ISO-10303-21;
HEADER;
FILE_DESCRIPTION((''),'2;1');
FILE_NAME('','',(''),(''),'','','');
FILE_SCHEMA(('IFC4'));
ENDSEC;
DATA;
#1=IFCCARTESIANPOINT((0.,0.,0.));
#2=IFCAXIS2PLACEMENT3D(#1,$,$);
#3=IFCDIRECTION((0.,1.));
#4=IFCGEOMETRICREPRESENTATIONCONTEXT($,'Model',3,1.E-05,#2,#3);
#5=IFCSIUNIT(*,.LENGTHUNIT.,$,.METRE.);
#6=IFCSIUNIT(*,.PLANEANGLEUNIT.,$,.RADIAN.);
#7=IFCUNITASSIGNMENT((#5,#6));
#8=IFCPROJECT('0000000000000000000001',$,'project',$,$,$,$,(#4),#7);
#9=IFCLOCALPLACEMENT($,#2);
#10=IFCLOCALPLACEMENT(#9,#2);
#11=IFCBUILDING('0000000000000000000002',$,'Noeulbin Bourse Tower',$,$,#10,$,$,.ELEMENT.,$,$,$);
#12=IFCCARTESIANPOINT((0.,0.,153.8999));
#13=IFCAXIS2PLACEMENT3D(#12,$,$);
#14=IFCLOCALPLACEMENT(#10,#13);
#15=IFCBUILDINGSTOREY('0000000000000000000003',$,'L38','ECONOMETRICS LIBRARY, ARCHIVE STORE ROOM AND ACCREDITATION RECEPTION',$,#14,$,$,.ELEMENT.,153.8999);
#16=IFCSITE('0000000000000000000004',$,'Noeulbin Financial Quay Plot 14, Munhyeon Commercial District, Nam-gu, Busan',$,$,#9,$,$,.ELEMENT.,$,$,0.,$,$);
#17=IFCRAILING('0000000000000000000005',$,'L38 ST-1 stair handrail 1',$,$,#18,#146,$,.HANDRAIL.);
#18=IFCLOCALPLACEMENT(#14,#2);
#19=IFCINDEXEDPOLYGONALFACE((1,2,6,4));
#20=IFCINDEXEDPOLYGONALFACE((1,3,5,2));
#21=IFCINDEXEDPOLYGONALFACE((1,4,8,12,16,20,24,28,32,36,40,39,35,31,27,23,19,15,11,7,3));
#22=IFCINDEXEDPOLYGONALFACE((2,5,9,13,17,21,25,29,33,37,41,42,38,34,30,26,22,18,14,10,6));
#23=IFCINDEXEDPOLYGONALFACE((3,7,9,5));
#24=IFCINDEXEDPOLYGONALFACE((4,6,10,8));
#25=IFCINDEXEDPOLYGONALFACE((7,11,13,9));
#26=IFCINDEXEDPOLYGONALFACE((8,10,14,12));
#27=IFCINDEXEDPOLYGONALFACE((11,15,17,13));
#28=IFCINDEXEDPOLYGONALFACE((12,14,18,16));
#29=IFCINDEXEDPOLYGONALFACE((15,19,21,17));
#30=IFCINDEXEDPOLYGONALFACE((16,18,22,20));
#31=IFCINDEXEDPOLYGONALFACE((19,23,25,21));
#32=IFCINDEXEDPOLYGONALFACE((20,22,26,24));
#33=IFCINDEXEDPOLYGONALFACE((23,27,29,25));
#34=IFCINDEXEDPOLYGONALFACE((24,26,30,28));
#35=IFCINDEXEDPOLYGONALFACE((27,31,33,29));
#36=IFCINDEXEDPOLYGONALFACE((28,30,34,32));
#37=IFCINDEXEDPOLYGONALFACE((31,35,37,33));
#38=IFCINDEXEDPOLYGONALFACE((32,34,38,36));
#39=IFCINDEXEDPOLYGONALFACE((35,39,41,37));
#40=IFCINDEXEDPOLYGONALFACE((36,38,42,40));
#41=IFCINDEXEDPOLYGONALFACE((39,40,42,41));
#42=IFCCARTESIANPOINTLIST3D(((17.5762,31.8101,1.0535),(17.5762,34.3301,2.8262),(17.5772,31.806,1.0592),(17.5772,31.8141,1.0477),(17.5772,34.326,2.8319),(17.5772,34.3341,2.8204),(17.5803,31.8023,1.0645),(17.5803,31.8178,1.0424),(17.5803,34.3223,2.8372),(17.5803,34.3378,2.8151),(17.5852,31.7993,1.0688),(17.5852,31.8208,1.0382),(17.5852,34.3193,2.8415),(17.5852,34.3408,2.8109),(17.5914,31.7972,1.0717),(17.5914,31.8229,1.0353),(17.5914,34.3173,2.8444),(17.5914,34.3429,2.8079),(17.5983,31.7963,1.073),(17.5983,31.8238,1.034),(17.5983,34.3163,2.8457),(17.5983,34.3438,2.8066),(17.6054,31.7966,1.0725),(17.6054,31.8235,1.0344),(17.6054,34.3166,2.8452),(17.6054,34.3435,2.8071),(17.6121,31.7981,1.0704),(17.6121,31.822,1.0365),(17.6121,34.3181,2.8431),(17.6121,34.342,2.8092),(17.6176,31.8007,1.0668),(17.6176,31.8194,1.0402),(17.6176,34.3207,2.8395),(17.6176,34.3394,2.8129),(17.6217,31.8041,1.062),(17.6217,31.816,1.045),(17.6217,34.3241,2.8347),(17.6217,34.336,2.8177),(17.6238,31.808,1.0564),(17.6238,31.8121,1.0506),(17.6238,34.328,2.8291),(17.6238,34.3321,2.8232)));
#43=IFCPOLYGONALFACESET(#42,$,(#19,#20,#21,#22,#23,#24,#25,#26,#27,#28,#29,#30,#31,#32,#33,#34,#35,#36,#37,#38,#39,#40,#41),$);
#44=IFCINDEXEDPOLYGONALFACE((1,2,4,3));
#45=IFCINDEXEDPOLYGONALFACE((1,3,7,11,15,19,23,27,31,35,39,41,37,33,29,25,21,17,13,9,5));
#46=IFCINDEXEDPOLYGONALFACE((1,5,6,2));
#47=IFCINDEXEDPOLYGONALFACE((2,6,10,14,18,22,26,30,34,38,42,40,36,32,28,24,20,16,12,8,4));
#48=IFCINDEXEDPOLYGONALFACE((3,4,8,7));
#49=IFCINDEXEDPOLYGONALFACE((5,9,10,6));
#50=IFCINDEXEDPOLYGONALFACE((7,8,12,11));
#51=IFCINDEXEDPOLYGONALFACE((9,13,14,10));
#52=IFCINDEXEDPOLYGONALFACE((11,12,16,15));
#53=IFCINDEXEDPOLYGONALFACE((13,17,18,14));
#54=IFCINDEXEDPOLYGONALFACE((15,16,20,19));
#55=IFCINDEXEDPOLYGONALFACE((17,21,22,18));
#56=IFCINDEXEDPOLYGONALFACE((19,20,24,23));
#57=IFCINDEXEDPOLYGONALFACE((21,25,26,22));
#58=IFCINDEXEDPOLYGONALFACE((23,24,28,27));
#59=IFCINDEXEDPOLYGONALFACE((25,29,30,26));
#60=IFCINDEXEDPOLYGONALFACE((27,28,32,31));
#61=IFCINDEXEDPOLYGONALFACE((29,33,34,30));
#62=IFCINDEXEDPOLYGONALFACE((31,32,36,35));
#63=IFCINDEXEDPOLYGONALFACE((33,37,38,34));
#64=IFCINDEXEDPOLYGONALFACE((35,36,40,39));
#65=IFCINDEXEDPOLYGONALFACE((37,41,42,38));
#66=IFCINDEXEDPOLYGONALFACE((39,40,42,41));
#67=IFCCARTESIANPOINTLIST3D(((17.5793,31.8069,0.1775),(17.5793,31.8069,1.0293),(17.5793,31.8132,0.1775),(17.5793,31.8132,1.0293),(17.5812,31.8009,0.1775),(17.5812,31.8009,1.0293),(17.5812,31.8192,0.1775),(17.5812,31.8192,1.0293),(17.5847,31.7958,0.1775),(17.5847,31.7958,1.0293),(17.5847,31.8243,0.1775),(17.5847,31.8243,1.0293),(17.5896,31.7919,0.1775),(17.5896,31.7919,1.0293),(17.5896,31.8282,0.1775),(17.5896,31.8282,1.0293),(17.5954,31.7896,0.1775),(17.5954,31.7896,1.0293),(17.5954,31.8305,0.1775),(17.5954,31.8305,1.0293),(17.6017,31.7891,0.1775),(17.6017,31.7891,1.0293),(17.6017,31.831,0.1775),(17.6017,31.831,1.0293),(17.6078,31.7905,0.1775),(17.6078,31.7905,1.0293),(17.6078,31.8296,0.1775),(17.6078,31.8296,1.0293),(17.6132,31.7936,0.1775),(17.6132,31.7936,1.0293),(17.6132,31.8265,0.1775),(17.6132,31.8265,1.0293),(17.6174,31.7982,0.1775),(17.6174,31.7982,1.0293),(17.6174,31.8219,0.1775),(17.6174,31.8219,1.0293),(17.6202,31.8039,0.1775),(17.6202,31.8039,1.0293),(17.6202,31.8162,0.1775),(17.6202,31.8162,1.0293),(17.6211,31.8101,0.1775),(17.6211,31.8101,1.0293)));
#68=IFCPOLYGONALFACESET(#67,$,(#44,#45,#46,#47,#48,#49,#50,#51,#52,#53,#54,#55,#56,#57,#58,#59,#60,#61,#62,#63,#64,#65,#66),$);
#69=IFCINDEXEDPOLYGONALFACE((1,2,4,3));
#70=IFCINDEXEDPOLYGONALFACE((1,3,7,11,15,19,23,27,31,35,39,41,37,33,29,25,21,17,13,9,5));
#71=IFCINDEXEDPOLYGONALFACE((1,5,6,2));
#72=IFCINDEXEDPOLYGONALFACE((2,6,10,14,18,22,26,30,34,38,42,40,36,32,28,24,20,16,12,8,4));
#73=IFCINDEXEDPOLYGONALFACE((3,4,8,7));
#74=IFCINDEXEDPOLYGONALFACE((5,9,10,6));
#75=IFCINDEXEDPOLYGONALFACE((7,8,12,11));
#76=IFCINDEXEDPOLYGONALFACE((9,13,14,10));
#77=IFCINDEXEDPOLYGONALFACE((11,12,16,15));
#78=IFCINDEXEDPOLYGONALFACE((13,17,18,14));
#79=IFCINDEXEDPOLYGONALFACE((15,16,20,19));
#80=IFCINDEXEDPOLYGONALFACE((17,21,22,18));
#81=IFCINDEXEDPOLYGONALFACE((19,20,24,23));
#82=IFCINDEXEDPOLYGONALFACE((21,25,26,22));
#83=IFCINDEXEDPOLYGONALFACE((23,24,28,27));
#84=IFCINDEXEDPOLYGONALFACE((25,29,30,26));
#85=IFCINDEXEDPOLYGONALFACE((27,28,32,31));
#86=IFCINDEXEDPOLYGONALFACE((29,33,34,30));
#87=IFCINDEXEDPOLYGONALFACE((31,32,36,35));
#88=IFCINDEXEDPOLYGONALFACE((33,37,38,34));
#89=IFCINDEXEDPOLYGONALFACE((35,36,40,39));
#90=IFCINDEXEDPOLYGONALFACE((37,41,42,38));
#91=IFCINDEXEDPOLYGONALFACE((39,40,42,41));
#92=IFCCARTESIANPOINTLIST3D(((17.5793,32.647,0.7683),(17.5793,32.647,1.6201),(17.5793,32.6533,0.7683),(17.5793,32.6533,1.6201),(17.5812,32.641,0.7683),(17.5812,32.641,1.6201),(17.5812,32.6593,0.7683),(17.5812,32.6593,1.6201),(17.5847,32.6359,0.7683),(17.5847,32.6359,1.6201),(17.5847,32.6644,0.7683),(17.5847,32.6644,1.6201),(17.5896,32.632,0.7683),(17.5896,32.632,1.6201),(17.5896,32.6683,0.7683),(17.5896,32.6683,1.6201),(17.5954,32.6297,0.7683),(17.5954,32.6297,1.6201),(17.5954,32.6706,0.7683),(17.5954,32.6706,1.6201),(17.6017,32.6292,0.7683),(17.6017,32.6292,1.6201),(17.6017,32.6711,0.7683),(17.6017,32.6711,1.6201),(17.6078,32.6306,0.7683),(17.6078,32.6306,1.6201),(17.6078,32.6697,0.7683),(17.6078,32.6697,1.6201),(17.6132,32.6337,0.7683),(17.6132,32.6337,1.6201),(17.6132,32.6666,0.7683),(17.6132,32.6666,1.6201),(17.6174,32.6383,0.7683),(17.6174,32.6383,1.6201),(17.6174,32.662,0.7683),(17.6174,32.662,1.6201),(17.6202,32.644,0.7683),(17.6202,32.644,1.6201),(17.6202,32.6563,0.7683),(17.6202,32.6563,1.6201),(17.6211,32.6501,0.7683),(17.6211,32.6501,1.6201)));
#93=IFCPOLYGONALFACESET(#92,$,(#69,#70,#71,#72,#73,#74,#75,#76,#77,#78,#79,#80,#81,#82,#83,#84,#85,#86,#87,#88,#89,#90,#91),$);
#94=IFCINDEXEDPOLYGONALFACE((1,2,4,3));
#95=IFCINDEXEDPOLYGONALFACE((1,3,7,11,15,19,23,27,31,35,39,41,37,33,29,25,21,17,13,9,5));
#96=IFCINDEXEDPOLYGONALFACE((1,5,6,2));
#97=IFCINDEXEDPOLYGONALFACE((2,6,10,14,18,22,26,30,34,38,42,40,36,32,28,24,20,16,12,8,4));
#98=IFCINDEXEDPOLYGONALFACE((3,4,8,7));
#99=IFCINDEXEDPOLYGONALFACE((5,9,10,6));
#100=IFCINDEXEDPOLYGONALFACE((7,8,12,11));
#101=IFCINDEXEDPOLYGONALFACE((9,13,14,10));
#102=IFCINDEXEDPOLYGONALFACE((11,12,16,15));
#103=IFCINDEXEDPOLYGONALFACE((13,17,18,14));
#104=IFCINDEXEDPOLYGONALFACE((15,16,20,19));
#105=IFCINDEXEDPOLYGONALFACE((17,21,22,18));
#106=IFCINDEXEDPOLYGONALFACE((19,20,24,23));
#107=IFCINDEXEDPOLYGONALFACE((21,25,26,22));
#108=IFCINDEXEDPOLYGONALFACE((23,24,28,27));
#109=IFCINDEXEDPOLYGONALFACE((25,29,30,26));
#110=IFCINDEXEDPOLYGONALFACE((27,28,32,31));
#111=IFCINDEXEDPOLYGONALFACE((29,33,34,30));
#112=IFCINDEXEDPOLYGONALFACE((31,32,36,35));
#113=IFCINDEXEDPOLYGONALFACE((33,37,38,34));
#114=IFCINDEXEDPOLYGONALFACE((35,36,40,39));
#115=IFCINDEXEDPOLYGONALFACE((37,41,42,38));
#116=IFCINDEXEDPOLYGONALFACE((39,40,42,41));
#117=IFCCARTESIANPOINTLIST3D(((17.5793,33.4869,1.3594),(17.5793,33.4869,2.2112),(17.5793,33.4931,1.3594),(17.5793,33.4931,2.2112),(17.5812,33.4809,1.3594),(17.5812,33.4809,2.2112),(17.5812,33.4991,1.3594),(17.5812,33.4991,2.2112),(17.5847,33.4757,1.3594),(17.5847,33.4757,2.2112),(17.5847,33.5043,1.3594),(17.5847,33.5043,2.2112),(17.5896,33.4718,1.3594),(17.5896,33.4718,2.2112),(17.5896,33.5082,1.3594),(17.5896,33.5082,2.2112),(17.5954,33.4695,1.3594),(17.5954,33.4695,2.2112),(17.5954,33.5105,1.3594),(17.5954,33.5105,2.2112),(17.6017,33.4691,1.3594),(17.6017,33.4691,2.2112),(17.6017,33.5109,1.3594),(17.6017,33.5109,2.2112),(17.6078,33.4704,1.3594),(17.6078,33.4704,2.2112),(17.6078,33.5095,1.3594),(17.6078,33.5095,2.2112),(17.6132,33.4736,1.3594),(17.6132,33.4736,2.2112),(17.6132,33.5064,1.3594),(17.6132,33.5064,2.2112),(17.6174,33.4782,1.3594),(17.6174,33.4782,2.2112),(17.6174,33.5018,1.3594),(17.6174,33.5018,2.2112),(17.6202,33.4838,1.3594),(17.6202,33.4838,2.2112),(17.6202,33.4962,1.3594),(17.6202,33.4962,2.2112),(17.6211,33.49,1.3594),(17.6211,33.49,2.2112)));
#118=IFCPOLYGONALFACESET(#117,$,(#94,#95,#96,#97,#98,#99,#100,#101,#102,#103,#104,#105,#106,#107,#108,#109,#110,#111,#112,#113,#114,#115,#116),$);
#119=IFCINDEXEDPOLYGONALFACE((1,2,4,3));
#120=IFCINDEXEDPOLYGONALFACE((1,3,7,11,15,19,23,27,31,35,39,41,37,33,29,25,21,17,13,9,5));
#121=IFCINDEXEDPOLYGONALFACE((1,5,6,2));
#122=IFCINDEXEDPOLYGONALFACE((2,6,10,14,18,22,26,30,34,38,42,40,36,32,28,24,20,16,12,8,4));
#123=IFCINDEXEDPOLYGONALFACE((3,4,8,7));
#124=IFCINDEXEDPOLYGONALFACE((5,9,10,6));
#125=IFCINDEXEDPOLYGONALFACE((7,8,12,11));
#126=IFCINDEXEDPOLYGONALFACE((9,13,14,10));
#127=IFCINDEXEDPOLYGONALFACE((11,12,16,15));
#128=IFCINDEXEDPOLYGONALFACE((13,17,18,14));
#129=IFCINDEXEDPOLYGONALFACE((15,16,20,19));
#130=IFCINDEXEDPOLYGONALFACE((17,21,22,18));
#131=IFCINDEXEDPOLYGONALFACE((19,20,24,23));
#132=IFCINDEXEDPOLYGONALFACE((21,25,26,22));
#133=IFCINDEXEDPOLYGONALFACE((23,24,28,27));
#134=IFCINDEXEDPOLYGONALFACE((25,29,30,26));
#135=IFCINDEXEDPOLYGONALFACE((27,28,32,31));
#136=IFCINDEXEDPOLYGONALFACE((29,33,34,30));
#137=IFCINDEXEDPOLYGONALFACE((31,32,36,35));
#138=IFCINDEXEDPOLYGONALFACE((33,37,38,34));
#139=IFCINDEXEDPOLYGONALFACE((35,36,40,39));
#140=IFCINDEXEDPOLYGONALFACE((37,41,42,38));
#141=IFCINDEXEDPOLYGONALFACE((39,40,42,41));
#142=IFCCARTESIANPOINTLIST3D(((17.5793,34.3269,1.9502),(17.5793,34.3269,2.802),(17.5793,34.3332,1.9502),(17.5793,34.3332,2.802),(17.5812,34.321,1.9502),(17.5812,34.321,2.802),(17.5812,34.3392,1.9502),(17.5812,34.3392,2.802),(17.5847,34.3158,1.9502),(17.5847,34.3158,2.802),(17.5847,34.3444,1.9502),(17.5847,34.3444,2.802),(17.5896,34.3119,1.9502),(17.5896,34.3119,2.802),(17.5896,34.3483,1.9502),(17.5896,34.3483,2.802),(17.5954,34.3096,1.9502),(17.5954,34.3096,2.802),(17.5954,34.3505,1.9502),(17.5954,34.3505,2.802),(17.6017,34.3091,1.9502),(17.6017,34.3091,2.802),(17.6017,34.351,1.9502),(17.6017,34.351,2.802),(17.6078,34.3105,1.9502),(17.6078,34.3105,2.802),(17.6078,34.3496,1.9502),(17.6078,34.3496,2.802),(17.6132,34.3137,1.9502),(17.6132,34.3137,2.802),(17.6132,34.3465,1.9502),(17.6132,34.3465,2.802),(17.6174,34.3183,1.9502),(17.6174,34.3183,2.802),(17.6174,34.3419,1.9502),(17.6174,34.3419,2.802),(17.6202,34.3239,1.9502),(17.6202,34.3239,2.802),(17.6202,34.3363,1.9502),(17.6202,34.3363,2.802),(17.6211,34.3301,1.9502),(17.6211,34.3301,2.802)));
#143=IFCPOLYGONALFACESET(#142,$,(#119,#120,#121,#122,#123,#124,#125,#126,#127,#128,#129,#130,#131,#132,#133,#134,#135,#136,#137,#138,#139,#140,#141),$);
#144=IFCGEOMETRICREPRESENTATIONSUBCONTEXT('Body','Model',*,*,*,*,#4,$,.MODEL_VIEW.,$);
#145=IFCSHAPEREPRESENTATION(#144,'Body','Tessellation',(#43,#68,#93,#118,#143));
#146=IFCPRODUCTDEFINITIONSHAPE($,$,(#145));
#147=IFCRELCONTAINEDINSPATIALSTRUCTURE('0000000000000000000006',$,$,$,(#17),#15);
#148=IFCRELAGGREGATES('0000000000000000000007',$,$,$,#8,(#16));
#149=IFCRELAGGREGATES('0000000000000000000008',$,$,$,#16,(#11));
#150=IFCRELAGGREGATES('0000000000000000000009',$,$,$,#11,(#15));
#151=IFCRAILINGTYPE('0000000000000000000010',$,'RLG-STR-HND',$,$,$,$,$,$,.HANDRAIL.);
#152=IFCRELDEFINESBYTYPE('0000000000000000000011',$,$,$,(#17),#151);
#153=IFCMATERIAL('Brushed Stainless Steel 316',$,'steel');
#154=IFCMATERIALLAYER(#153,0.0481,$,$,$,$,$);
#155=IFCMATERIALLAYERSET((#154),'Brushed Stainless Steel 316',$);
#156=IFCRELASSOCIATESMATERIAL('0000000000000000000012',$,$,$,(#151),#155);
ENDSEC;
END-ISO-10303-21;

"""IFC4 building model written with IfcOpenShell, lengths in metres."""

from ifc_helpers import new_model, si_unit, direction, frame, origin, origin_2d, place, context, subcontext, project, spatial, circle, extrude, material, layer, layer_set, type_object, element, save


model = new_model("IFC4")

# Units and contexts
model_context = context("Model", 3, precision=1e-05, world=origin(), true_north=direction((0.0, 1.0)))
body_context = subcontext(model_context, "Body", "Model", "MODEL_VIEW")
ifc_project = project(units=[si_unit("LENGTHUNIT", "METRE"), si_unit("PLANEANGLEUNIT", "RADIAN")], contexts=[model_context])

# Site, building, storey
site_placement = place(None, origin())
site = spatial("IfcSite", under=ifc_project, at=site_placement, Name="Noeulbin Financial Quay Plot 14, Munhyeon Commercial District, Nam-gu, Busan", CompositionType="ELEMENT", RefElevation=0.0)
building_placement = place(site_placement, origin())
building = spatial("IfcBuilding", under=site, at=building_placement, Name="Noeulbin Bourse Tower", CompositionType="ELEMENT")
storey_placement = place(building_placement, frame((0.0, 0.0, 153.8999)))
storey = spatial("IfcBuildingStorey", under=building, at=storey_placement, Name="L38", Description="ECONOMETRICS LIBRARY, ARCHIVE STORE ROOM AND ACCREDITATION RECEPTION", CompositionType="ELEMENT", Elevation=153.8999)

# Shared definitions
ifc_material_1 = material(Name="Brushed Stainless Steel 316", Category="steel")

# Railing
ifc_layer_1 = layer(ifc_material_1, 0.0481)
ifc_layer_set_1 = layer_set([ifc_layer_1], Name="Brushed Stainless Steel 316")
railing_type_1 = type_object("IfcRailingType", Name="RLG-STR-HND", PredefinedType="HANDRAIL", material=ifc_layer_set_1)
railing_1_placement = place(storey_placement, frame((17.6001, 31.8101, 0.1775)))
element("IfcRailing", 1, at=railing_1_placement, inside=storey, type_object=railing_type_1, Name="L38 ST-1 stair handrail 1", PredefinedType="HANDRAIL", context=body_context, shape_type="SweptSolid", body=[
    extrude(circle(Radius=0.0239, at=origin_2d()), frame((0.0, 0.0, 0.876), z_axis=(0.0, 0.817904, 0.575354), x_axis=(-1.0, 0.0, 0.0)), (0.0, 0.0, 1.0), 3.0811),
    extrude(circle(Radius=0.021, at=origin_2d()), origin(), (0.0, 0.0, 1.0), 0.8518),
    extrude(circle(Radius=0.021, at=origin_2d()), frame((0.0, 0.8401, 0.5908)), (0.0, 0.0, 1.0), 0.8518),
    extrude(circle(Radius=0.021, at=origin_2d()), frame((0.0, 1.6799, 1.1819)), (0.0, 0.0, 1.0), 0.8518),
    extrude(circle(Radius=0.021, at=origin_2d()), frame((0.0, 2.52, 1.7727)), (0.0, 0.0, 1.0), 0.8518),
])

save(model, "model.ifc")
